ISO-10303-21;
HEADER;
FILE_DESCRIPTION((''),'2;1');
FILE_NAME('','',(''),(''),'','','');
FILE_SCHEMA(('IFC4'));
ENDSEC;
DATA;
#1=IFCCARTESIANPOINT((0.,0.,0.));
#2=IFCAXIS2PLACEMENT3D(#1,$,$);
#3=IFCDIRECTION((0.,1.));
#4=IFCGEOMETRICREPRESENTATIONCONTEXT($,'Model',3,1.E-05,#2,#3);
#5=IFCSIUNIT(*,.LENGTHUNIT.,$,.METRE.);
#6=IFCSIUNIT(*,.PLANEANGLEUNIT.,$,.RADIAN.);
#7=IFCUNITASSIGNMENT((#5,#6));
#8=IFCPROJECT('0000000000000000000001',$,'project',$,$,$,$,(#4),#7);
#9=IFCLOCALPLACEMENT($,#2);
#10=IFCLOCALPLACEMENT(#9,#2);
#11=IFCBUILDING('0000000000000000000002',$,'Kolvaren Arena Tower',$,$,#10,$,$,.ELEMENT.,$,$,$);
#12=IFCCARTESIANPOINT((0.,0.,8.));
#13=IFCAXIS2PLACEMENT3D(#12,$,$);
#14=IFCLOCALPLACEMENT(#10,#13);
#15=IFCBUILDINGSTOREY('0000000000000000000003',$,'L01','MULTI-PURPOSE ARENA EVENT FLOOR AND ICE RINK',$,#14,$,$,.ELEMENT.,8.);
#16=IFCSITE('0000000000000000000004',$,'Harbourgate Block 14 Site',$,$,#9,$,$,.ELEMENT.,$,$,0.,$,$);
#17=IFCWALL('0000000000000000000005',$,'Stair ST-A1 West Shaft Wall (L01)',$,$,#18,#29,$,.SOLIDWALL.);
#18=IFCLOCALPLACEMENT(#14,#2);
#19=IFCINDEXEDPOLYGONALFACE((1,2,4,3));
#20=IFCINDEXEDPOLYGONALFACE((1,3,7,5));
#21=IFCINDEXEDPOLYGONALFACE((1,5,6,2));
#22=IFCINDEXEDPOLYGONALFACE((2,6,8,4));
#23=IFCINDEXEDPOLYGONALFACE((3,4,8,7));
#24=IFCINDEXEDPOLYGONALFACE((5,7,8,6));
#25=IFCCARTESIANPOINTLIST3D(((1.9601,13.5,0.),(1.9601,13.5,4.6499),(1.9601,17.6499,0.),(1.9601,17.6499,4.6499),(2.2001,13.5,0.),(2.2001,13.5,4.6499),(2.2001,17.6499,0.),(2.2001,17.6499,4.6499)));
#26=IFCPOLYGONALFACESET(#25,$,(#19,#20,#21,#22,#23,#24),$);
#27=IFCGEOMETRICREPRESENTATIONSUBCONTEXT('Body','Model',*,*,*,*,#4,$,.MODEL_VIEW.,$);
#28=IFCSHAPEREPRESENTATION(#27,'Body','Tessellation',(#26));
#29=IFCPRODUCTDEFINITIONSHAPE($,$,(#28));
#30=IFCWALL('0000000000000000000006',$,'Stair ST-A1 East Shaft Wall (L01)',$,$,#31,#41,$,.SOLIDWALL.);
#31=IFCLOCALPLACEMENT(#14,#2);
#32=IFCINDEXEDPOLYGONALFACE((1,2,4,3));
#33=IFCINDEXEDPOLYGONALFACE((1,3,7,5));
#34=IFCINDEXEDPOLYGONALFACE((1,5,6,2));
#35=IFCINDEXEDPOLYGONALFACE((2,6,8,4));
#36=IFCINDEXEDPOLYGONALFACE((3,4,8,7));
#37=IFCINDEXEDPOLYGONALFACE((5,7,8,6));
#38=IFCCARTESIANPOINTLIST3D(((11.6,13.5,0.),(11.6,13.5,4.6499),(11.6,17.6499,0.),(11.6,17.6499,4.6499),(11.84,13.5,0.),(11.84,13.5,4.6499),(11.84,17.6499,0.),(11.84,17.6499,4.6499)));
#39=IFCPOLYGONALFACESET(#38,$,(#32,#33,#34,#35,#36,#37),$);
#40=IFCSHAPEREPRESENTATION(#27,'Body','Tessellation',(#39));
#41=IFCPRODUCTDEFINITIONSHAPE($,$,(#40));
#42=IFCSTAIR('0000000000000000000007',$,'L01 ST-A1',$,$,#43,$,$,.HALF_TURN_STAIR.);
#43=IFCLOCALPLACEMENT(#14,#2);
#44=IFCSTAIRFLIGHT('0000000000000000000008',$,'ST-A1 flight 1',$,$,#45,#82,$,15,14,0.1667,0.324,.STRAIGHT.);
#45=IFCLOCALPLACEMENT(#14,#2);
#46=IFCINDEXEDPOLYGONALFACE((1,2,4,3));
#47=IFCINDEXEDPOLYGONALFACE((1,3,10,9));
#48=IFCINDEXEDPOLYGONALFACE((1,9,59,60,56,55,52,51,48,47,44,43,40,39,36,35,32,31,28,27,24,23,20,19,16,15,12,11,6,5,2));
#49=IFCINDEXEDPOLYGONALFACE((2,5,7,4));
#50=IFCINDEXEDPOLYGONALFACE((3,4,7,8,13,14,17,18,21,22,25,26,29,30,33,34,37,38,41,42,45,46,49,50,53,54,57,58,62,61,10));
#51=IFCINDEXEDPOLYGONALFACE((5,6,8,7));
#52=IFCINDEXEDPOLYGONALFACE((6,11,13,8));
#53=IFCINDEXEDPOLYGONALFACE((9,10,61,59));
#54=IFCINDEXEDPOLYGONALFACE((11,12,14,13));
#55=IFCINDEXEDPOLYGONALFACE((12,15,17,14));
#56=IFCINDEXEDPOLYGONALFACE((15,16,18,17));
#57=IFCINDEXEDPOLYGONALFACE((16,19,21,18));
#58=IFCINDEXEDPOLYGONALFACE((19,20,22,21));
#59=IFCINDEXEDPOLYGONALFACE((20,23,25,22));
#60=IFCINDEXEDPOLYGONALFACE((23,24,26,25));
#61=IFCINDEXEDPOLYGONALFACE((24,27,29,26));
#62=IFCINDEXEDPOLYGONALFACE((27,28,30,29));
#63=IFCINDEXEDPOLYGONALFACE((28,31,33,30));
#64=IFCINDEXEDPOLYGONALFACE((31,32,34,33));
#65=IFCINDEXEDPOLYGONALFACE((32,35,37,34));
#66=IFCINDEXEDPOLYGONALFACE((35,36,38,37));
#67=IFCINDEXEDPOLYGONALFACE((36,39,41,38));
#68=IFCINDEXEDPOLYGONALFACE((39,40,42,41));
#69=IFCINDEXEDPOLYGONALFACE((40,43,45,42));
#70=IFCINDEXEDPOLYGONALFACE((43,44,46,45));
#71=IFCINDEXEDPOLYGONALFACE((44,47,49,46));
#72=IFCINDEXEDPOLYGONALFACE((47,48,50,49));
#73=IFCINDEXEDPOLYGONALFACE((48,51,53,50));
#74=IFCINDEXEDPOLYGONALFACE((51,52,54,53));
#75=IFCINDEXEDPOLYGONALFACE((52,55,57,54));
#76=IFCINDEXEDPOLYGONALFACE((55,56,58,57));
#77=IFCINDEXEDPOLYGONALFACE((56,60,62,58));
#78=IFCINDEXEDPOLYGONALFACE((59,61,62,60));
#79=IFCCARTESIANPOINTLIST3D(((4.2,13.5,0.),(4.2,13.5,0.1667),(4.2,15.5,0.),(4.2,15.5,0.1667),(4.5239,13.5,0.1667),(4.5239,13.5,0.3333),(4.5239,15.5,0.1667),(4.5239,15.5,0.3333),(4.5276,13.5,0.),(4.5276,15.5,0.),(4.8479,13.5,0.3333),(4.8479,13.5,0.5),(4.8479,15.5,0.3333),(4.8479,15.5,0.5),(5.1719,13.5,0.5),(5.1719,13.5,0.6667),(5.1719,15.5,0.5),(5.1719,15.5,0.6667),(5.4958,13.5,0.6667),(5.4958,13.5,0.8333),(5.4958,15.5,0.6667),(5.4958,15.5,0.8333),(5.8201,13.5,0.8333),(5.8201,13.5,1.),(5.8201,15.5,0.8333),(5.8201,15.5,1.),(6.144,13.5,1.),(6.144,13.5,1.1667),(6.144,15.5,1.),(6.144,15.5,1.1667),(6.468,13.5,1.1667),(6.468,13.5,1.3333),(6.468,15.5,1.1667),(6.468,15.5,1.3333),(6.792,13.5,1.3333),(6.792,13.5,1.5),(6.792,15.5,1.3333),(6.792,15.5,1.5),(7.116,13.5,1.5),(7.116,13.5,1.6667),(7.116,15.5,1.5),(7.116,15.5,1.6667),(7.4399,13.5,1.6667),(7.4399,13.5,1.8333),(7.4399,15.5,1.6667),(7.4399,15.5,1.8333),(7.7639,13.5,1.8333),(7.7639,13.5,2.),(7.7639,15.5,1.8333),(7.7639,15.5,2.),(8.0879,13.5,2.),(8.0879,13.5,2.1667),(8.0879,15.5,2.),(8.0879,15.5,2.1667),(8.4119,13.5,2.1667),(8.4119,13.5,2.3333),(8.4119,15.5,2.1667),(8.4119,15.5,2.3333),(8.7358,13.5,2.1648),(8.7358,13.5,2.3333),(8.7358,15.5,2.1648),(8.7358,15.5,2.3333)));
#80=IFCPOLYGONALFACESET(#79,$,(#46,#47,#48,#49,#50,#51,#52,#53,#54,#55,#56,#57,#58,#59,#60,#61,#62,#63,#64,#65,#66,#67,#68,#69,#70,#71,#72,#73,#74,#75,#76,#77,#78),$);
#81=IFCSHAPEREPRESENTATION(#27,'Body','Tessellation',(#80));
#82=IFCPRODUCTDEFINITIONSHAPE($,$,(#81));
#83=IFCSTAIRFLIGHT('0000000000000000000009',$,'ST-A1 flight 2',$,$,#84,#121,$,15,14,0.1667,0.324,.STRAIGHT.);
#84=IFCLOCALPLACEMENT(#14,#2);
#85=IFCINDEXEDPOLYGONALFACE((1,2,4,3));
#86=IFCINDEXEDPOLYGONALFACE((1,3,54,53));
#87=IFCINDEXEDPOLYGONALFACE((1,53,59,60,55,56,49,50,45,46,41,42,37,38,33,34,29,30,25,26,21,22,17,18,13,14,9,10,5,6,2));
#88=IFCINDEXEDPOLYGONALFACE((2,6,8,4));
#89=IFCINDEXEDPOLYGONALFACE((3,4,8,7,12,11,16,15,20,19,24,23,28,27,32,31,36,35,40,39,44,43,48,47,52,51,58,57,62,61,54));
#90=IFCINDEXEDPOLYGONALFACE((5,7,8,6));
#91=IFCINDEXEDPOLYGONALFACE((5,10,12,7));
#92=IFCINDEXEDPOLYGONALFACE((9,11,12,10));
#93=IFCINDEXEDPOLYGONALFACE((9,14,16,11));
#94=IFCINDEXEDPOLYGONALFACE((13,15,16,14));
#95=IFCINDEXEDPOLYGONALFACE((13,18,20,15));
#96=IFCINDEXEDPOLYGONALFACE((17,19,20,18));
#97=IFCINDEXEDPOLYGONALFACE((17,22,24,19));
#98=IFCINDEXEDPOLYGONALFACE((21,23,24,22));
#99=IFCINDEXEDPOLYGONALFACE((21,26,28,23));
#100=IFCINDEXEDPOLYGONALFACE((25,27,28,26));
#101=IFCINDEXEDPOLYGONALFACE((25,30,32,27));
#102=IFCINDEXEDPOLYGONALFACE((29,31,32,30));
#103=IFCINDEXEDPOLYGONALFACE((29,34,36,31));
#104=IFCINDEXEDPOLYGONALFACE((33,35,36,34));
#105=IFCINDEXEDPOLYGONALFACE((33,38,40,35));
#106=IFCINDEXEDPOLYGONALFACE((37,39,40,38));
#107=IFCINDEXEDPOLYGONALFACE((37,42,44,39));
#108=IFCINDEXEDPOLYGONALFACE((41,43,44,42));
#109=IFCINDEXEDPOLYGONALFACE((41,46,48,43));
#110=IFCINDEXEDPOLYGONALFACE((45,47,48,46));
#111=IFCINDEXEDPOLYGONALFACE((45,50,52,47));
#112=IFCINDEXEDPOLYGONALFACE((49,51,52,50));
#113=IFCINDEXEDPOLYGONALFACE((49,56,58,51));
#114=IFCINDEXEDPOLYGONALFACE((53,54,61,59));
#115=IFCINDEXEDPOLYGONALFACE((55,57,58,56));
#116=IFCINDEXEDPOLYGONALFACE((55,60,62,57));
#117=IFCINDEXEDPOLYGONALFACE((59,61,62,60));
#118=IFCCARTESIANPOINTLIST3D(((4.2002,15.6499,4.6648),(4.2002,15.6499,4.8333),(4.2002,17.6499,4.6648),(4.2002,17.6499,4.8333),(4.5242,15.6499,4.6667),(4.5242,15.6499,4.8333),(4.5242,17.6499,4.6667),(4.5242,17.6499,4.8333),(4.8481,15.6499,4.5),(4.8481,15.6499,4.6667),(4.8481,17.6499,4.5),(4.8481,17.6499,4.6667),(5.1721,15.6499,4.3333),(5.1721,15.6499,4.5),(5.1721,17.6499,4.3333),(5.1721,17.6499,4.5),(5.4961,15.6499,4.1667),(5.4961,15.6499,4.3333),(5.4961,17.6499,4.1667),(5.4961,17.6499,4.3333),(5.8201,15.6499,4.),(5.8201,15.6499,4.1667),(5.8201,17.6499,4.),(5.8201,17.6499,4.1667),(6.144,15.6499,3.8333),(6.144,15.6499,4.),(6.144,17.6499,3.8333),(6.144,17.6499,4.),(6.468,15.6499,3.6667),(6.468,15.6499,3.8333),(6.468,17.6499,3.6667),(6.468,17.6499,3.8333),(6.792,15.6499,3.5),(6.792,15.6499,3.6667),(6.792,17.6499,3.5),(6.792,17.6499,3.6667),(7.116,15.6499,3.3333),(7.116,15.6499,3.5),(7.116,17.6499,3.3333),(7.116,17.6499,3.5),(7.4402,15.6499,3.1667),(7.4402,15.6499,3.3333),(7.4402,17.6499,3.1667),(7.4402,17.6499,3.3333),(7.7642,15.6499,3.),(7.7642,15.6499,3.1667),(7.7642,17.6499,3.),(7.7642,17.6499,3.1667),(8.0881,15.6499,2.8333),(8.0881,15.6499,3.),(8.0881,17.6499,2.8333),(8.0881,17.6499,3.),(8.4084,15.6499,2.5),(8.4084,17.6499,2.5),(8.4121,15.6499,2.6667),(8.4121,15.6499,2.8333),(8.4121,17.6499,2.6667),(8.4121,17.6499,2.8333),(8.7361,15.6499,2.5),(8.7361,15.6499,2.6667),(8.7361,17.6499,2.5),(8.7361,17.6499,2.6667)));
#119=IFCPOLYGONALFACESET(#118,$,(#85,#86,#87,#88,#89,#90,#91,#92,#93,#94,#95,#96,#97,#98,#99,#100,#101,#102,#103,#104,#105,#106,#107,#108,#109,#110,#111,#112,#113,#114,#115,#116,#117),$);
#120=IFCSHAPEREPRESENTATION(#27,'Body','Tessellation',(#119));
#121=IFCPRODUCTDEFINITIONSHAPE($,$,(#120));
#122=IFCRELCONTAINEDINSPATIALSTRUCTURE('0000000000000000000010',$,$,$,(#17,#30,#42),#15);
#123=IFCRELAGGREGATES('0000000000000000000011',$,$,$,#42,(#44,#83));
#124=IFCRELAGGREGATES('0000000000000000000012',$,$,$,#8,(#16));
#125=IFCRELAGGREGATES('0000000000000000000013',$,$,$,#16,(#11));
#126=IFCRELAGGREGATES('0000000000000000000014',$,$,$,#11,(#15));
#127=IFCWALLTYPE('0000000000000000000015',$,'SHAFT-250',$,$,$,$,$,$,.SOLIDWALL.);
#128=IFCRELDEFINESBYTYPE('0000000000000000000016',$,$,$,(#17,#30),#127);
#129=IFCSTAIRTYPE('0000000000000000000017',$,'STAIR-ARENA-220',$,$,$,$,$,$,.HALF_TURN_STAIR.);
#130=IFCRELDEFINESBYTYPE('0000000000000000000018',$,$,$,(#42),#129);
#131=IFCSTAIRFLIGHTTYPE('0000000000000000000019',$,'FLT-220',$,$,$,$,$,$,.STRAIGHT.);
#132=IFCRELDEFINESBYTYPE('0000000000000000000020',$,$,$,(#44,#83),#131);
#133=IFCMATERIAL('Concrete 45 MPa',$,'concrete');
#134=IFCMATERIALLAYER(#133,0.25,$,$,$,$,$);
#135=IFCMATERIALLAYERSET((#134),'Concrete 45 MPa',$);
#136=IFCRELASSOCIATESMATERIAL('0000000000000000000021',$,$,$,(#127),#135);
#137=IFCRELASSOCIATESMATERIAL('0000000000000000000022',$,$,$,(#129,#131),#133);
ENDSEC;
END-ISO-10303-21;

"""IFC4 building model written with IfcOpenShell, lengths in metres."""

from ifc_helpers import new_model, si_unit, direction, frame, frame_2d, origin, place, context, subcontext, project, spatial, polyline, rectangle, outline, extrude, material, layer, layer_set, type_object, element, aggregate, save


model = new_model("IFC4")

# Units and contexts
model_context = context("Model", 3, precision=1e-05, world=origin(), true_north=direction((0.0, 1.0)))
body_context = subcontext(model_context, "Body", "Model", "MODEL_VIEW")
ifc_project = project(units=[si_unit("LENGTHUNIT", "METRE"), si_unit("PLANEANGLEUNIT", "RADIAN")], contexts=[model_context])

# Site, building, storey
site_placement = place(None, origin())
site = spatial("IfcSite", under=ifc_project, at=site_placement, Name="Harbourgate Block 14 Site", CompositionType="ELEMENT", RefElevation=0.0)
building_placement = place(site_placement, origin())
building = spatial("IfcBuilding", under=site, at=building_placement, Name="Kolvaren Arena Tower", CompositionType="ELEMENT")
storey_placement = place(building_placement, frame((0.0, 0.0, 8.0)))
storey = spatial("IfcBuildingStorey", under=building, at=storey_placement, Name="L01", Description="MULTI-PURPOSE ARENA EVENT FLOOR AND ICE RINK", CompositionType="ELEMENT", Elevation=8.0)

# Shared definitions
ifc_material_1 = material(Name="Concrete 45 MPa", Category="concrete")
ifc_layer = layer(ifc_material_1, 0.25)
ifc_layer_set = layer_set([ifc_layer], Name="Concrete 45 MPa")
wall_type = type_object("IfcWallType", Name="SHAFT-250", PredefinedType="SOLIDWALL", material=ifc_layer_set)

# Walls
for number, where, z_axis, x_axis, name in (
    (1, (2.0801, 13.5, 0.0), (0.0, 0.0, 1.0), (0.0, 1.0, 0.0), "Stair ST-A1 West Shaft Wall (L01)"),
    (2, (11.72, 13.5, 0.0), (0.0, 0.0, 1.0), (0.0, 1.0, 0.0), "Stair ST-A1 East Shaft Wall (L01)"),
):
    element("IfcWall", number, at=place(storey_placement, frame(where, z_axis=z_axis, x_axis=x_axis)), inside=storey, type_object=wall_type, Name=name, PredefinedType="SOLIDWALL", context=body_context, shape_type="SweptSolid", body=[
        extrude(rectangle(XDim=4.1499, YDim=0.24, at=frame_2d((2.075, 0.0))), origin(), (0.0, 0.0, 1.0), 4.6499),
    ])

# Stair, stair flights
stair_type = type_object("IfcStairType", Name="STAIR-ARENA-220", PredefinedType="HALF_TURN_STAIR", material=ifc_material_1)
stair_placement = place(storey_placement, origin())
stair = element("IfcStair", 3, at=stair_placement, inside=storey, type_object=stair_type, Name="L01 ST-A1", PredefinedType="HALF_TURN_STAIR")
stair_flight_type = type_object("IfcStairFlightType", Name="FLT-220", PredefinedType="STRAIGHT", material=ifc_material_1)
stair_flight_1_placement = place(storey_placement, frame((4.2, 14.5, 0.0), z_axis=(0.0, 0.0, 1.0), x_axis=(1.0, 0.0, 0.0)))
stair_flight_1 = element("IfcStairFlight", 4, at=stair_flight_1_placement, type_object=stair_flight_type, Name="ST-A1 flight 1", NumberOfRisers=15, NumberOfTreads=14, PredefinedType="STRAIGHT", RiserHeight=0.1667, TreadLength=0.324, context=body_context, shape_type="SweptSolid", body=[
    extrude(outline(polyline([(0.0, 0.0), (0.0, 0.1667), (0.324, 0.1667), (0.324, 0.3333), (0.6479, 0.3333), (0.6479, 0.5), (0.9719, 0.5), (0.9719, 0.6667), (1.2959, 0.6667), (1.2959, 0.8333), (1.6201, 0.8333), (1.6201, 1.0), (1.9441, 1.0), (1.9441, 1.1667), (2.2681, 1.1667), (2.2681, 1.3333), (2.592, 1.3333), (2.592, 1.5), (2.916, 1.5), (2.916, 1.6667), (3.24, 1.6667), (3.24, 1.8333), (3.564, 1.8333), (3.564, 2.0), (3.8879, 2.0), (3.8879, 2.1667), (4.2119, 2.1667), (4.2119, 2.3333), (4.5359, 2.3333), (4.5359, 2.5), (4.5359, 2.1648), (0.3276, 0.0), (0.0, 0.0)])), frame((0.0, 1.0, 0.0), z_axis=(0.0, -1.0, 0.0), x_axis=(1.0, 0.0, 0.0)), (0.0, 0.0, 1.0), 2.0),
])
stair_flight_2_placement = place(storey_placement, frame((8.7361, 16.6499, 2.5), z_axis=(0.0, 0.0, 1.0), x_axis=(-1.0, 0.0, 0.0)))
stair_flight_2 = element("IfcStairFlight", 5, at=stair_flight_2_placement, type_object=stair_flight_type, Name="ST-A1 flight 2", NumberOfRisers=15, NumberOfTreads=14, PredefinedType="STRAIGHT", RiserHeight=0.1667, TreadLength=0.324, context=body_context, shape_type="SweptSolid", body=[
    extrude(outline(polyline([(0.0, 0.0), (0.0, 0.1667), (0.324, 0.1667), (0.324, 0.3333), (0.6479, 0.3333), (0.6479, 0.5), (0.9719, 0.5), (0.9719, 0.6667), (1.2959, 0.6667), (1.2959, 0.8333), (1.6201, 0.8333), (1.6201, 1.0), (1.9441, 1.0), (1.9441, 1.1667), (2.2681, 1.1667), (2.2681, 1.3333), (2.592, 1.3333), (2.592, 1.5), (2.916, 1.5), (2.916, 1.6667), (3.24, 1.6667), (3.24, 1.8333), (3.564, 1.8333), (3.564, 2.0), (3.8879, 2.0), (3.8879, 2.1667), (4.2119, 2.1667), (4.2119, 2.3333), (4.5359, 2.3333), (4.5359, 2.5), (4.5359, 2.1648), (0.3276, 0.0), (0.0, 0.0)])), frame((0.0, 1.0, 0.0), z_axis=(0.0, -1.0, 0.0), x_axis=(1.0, 0.0, 0.0)), (0.0, 0.0, 1.0), 2.0),
])
aggregate(stair, [stair_flight_1, stair_flight_2])

save(model, "model.ifc")
